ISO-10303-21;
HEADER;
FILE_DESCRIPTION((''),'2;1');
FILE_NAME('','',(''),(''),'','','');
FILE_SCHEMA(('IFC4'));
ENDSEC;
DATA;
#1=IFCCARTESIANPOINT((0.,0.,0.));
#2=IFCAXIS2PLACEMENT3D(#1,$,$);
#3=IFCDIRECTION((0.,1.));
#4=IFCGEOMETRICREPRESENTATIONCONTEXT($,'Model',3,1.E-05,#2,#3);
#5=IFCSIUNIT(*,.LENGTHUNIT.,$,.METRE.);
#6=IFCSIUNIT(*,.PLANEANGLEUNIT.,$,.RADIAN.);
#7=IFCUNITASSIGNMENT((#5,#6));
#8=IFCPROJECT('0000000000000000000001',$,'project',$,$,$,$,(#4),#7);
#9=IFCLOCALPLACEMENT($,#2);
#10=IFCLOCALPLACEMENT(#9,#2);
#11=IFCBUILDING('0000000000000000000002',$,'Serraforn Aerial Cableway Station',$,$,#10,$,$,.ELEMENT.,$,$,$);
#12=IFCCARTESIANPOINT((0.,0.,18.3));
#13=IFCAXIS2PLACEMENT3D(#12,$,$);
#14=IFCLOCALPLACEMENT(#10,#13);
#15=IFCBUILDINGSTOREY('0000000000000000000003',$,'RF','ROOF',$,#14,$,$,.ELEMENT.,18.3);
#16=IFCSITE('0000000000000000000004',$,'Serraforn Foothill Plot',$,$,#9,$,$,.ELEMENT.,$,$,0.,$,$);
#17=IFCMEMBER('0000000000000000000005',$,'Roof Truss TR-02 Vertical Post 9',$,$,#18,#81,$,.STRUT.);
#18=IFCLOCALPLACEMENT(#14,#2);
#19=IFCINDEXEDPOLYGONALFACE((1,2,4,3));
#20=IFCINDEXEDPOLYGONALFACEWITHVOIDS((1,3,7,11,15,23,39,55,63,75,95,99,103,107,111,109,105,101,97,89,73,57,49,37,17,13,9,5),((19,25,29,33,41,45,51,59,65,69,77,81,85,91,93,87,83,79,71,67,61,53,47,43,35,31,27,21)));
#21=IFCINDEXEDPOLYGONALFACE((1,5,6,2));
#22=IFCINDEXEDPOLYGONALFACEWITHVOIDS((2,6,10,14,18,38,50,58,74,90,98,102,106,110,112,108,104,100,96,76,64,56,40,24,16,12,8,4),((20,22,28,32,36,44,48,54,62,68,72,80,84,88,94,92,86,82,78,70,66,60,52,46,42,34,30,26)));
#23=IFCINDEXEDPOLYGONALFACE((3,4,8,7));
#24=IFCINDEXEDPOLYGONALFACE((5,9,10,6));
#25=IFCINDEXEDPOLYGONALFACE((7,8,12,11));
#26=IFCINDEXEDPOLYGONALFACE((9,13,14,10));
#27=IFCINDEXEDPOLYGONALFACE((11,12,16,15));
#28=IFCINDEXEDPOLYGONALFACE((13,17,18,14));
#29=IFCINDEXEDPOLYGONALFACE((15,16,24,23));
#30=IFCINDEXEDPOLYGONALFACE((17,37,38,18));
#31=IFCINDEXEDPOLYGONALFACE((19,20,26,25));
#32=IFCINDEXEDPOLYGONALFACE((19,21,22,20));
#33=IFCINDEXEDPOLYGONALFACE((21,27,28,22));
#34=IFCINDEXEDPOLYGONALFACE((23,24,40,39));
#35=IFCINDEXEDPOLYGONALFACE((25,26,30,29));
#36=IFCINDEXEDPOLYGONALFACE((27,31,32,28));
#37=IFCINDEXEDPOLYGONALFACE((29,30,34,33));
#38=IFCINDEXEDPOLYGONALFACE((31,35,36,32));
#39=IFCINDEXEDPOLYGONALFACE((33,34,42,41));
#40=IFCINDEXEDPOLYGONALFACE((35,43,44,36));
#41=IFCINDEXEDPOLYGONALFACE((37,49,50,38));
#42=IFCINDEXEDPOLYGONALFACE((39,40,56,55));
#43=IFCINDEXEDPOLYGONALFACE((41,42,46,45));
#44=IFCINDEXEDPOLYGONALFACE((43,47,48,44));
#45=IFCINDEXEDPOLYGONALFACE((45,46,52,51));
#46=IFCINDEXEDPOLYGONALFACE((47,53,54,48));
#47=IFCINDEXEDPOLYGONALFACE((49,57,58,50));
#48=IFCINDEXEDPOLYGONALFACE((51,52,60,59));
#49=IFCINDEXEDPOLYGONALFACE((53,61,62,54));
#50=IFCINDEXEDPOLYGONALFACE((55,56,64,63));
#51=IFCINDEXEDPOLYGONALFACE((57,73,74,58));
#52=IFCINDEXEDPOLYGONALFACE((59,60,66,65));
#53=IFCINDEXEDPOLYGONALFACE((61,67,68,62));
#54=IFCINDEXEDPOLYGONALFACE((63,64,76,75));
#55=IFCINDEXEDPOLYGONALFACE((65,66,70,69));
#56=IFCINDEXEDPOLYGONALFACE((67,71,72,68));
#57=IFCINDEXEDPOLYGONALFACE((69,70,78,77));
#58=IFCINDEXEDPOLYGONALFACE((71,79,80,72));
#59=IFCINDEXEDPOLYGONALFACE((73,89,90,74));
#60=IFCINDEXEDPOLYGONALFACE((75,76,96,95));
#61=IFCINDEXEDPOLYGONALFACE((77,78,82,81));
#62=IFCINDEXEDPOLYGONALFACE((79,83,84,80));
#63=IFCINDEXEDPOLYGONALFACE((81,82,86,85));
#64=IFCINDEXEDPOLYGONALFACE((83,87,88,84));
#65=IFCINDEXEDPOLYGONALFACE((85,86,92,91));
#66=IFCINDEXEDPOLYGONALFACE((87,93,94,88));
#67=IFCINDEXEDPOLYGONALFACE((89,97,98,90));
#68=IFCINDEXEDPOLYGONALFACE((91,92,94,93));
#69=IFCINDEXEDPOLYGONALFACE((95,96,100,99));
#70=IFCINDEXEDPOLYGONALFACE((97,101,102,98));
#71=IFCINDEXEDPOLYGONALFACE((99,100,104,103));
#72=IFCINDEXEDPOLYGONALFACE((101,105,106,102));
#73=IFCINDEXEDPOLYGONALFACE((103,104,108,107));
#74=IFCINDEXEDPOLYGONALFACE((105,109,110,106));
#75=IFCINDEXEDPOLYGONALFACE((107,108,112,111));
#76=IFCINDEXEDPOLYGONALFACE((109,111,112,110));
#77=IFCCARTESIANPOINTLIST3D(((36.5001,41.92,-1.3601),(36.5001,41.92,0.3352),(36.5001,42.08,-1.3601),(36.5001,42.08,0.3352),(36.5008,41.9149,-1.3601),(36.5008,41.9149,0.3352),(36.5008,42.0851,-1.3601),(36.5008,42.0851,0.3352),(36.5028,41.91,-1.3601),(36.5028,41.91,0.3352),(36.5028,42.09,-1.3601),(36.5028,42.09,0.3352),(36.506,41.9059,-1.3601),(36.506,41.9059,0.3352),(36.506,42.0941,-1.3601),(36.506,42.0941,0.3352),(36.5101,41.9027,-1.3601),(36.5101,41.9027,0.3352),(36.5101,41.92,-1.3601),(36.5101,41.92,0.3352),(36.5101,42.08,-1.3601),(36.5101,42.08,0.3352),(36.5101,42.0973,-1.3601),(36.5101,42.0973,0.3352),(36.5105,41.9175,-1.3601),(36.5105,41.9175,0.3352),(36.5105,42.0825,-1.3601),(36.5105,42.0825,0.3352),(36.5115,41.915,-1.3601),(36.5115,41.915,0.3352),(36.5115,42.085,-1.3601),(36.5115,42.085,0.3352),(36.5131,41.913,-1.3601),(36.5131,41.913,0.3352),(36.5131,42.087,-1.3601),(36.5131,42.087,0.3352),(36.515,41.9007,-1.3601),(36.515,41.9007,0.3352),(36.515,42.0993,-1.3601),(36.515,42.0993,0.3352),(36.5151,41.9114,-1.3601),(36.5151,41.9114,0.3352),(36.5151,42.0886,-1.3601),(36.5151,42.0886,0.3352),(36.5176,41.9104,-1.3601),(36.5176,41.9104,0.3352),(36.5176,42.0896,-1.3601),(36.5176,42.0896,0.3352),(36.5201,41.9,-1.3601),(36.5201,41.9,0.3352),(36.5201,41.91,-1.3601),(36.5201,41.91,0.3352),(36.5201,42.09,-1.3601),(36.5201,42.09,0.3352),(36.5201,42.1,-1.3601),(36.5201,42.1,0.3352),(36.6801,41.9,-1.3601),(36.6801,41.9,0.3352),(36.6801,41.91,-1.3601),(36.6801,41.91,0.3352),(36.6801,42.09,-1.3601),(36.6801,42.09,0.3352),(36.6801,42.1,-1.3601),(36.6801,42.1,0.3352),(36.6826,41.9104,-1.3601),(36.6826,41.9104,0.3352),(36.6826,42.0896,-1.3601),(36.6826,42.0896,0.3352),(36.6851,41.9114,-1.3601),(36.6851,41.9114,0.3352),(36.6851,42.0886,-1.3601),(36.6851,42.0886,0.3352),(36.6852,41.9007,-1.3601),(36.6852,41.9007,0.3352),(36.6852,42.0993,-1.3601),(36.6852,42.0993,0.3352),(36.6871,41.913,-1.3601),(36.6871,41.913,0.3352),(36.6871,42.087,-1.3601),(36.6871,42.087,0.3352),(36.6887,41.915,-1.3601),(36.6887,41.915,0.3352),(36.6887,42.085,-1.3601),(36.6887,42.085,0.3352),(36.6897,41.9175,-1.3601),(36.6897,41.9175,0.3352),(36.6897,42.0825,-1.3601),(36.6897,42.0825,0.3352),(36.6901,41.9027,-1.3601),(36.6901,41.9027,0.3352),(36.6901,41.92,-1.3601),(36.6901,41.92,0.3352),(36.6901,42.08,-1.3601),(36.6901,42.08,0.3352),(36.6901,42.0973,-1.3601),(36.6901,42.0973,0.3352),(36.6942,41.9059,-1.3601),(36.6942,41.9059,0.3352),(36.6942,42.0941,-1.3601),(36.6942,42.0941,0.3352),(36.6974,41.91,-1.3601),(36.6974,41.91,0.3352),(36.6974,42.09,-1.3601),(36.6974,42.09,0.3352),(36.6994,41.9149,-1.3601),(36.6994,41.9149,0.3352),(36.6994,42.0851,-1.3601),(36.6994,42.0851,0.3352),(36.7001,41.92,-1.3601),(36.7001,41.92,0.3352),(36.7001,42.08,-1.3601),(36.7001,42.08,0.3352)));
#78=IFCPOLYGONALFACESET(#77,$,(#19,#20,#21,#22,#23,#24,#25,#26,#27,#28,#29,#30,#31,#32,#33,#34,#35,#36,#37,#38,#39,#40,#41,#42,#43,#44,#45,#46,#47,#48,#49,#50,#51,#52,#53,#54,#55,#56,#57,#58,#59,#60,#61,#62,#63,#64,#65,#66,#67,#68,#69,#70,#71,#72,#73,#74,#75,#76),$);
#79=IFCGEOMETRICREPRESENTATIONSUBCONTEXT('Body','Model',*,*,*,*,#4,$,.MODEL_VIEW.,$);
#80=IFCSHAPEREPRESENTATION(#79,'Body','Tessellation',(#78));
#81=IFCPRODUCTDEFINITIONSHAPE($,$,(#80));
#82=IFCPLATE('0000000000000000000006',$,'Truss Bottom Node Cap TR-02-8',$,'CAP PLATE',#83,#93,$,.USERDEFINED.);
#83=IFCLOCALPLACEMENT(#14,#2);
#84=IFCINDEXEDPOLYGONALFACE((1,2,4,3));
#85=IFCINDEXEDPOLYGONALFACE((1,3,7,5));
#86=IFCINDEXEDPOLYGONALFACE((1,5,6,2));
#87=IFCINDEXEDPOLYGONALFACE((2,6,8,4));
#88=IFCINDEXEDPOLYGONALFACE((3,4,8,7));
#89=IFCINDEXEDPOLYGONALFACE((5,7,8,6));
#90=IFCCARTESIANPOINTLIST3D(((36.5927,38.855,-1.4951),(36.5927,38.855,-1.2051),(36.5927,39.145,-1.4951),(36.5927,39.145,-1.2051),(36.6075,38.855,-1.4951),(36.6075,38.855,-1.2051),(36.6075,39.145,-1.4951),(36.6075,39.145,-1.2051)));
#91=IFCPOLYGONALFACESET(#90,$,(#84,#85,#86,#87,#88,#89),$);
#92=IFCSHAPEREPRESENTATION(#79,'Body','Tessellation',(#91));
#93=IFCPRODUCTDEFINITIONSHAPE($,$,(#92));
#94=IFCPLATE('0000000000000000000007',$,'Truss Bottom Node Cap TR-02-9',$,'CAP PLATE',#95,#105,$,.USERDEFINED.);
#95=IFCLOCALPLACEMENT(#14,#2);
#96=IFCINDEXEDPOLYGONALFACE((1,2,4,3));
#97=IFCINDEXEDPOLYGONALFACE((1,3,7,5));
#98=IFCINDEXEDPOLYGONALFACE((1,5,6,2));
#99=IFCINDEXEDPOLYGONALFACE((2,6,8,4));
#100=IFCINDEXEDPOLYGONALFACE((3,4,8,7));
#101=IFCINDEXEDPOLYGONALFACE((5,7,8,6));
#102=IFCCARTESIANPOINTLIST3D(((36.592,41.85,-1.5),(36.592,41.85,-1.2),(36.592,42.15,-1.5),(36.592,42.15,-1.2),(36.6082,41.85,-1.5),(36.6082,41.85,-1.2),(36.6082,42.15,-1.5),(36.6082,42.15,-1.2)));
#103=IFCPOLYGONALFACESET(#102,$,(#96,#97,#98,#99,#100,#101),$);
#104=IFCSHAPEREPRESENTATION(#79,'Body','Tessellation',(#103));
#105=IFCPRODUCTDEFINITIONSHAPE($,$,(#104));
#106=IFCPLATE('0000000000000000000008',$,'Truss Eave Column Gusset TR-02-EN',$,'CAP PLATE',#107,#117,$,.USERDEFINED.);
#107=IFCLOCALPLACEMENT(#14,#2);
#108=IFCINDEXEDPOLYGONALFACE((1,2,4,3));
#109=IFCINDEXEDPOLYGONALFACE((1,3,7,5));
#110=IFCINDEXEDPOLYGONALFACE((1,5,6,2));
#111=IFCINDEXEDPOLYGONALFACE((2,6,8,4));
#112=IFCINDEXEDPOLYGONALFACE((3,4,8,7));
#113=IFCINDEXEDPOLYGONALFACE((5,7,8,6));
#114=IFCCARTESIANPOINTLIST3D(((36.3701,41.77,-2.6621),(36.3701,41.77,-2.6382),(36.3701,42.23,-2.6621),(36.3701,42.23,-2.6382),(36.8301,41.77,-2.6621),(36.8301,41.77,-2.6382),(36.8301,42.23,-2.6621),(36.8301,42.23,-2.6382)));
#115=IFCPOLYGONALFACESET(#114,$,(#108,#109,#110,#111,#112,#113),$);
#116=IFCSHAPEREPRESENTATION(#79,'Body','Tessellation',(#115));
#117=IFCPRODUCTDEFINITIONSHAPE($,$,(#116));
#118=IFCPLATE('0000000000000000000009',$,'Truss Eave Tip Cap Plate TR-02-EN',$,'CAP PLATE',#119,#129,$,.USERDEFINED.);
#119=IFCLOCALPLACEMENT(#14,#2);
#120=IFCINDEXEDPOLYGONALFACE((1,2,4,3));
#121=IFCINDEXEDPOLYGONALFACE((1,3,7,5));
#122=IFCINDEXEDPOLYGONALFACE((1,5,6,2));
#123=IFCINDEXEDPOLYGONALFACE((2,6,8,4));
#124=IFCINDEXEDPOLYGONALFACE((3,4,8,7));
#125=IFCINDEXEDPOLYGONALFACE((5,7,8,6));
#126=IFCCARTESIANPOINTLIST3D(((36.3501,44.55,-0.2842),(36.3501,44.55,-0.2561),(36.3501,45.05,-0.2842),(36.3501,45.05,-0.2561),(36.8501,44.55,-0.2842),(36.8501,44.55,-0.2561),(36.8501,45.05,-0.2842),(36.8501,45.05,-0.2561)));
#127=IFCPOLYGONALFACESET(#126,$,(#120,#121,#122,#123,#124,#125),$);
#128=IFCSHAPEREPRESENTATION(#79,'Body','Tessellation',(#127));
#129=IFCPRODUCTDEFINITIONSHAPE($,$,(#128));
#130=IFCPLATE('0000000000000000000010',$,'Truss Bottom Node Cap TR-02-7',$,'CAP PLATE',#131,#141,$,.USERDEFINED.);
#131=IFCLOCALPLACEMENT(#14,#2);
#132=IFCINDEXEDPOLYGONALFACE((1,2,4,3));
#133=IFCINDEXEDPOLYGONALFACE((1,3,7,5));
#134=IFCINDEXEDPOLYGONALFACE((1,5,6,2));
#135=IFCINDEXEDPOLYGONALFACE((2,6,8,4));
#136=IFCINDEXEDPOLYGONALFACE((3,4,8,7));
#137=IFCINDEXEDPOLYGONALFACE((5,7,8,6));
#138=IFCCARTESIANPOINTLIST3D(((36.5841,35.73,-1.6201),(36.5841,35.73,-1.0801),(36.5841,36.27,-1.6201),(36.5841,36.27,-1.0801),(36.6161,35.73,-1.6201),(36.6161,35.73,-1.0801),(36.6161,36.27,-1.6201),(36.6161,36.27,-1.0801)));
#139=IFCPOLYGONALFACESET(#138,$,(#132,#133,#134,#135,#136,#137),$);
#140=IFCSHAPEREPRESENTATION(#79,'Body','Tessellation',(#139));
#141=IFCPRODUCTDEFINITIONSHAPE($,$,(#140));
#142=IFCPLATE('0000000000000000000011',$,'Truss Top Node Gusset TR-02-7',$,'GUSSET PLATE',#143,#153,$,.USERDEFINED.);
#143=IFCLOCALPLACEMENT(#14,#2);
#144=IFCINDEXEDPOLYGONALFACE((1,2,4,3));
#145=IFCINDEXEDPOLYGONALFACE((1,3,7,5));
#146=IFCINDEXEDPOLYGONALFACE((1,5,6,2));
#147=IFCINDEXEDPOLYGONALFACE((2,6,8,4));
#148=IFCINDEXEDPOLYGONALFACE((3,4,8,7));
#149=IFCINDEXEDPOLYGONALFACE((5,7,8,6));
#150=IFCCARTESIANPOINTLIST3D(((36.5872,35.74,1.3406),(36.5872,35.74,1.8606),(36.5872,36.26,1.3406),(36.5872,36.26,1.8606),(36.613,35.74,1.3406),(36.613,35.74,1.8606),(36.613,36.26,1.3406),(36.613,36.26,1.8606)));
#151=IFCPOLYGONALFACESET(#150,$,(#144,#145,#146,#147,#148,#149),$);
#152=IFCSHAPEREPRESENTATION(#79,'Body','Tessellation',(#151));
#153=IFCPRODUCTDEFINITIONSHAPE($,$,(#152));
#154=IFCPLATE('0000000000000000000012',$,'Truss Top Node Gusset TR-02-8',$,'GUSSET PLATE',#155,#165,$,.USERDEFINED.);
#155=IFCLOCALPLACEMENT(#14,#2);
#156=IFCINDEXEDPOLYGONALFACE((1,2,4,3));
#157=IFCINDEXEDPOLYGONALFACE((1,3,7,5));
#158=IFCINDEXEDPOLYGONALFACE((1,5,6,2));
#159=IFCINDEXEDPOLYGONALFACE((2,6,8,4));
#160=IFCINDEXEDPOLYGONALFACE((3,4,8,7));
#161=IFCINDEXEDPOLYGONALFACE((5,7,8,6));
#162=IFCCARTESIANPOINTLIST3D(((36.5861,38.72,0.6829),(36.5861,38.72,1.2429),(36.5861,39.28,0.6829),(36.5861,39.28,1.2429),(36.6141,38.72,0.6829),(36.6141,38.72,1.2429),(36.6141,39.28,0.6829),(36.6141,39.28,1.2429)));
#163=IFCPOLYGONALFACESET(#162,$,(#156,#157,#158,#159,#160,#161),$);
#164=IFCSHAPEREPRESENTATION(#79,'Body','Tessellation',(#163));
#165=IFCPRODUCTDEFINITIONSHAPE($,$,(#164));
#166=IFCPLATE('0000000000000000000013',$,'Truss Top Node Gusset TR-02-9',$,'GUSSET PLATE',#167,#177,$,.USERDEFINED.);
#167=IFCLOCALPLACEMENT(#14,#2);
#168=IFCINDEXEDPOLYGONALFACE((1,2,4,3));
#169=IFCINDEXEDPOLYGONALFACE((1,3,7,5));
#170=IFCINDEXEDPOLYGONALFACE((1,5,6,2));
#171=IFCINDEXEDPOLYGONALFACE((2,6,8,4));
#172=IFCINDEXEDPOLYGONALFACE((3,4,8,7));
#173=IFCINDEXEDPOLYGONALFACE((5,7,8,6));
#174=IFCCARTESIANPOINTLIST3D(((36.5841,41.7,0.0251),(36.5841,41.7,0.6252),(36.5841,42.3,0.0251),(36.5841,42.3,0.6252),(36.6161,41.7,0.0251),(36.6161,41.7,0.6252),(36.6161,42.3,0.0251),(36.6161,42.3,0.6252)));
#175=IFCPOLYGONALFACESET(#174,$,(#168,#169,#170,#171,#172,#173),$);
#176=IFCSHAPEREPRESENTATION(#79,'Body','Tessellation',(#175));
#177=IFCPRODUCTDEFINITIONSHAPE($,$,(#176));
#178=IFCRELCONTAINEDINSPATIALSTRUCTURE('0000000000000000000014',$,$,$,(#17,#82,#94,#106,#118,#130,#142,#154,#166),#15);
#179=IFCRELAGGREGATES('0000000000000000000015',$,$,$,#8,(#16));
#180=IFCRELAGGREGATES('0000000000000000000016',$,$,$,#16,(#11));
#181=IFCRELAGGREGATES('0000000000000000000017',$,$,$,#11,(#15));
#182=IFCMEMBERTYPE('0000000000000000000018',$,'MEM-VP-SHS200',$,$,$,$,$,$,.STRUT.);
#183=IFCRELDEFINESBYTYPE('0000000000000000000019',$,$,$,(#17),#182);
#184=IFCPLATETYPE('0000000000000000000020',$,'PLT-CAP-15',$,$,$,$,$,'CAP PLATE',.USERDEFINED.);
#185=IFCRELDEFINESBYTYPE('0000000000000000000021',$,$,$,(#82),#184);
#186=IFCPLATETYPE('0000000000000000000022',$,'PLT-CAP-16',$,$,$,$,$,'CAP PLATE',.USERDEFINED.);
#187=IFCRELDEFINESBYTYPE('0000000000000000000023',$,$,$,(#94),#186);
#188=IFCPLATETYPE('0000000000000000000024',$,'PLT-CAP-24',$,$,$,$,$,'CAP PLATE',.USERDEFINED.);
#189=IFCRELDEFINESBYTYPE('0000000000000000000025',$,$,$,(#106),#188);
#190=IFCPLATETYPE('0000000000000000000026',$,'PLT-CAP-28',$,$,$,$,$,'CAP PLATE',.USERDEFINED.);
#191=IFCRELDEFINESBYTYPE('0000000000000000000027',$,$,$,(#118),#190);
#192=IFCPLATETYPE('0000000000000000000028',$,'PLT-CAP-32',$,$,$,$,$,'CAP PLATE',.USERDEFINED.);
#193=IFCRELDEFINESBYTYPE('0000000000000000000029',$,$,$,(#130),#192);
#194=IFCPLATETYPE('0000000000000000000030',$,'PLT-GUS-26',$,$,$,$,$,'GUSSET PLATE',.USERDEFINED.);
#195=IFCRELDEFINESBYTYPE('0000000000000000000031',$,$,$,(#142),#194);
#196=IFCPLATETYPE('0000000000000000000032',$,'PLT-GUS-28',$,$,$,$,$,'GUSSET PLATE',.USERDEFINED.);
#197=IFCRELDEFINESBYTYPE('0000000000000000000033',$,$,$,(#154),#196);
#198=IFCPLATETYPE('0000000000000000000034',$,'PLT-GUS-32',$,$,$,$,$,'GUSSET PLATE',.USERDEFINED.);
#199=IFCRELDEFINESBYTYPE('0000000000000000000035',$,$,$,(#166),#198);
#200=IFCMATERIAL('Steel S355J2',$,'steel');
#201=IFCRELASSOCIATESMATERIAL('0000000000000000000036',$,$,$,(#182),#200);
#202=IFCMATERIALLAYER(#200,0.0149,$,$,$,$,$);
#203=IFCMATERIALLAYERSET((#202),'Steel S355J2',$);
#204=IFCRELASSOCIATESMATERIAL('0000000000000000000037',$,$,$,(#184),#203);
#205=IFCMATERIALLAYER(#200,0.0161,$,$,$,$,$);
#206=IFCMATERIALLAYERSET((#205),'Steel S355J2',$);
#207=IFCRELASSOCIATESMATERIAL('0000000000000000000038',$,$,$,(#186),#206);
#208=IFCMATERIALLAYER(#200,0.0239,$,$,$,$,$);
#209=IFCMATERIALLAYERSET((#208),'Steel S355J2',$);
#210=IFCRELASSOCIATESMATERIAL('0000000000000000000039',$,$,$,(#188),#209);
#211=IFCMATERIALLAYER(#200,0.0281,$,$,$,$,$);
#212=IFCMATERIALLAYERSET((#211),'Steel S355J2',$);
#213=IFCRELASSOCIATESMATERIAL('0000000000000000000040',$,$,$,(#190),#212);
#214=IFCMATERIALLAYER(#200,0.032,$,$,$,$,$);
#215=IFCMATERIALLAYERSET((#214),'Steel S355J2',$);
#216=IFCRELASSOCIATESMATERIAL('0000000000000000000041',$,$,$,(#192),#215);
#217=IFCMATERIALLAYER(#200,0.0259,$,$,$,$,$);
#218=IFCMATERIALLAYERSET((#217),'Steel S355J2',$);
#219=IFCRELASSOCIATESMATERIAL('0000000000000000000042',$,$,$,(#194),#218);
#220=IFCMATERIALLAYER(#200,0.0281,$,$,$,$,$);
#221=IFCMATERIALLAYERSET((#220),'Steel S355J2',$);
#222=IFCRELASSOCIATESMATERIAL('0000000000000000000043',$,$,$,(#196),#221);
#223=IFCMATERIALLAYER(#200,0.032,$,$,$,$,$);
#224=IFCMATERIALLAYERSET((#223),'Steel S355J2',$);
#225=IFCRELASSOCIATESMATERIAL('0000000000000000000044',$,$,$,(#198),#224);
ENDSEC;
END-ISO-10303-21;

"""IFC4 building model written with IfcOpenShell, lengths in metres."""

from ifc_helpers import new_model, si_unit, direction, frame, origin, origin_2d, place, context, subcontext, project, spatial, rectangle, hollow_rectangle, extrude, material, layer, layer_set, material_profile, profile_set, type_object, element, save


model = new_model("IFC4")

# Units and contexts
model_context = context("Model", 3, precision=1e-05, world=origin(), true_north=direction((0.0, 1.0)))
body_context = subcontext(model_context, "Body", "Model", "MODEL_VIEW")
ifc_project = project(units=[si_unit("LENGTHUNIT", "METRE"), si_unit("PLANEANGLEUNIT", "RADIAN")], contexts=[model_context])

# Site, building, storey
site_placement = place(None, origin())
site = spatial("IfcSite", under=ifc_project, at=site_placement, Name="Serraforn Foothill Plot", CompositionType="ELEMENT", RefElevation=0.0)
building_placement = place(site_placement, origin())
building = spatial("IfcBuilding", under=site, at=building_placement, Name="Serraforn Aerial Cableway Station", CompositionType="ELEMENT")
storey_placement = place(building_placement, frame((0.0, 0.0, 18.3)))
storey = spatial("IfcBuildingStorey", under=building, at=storey_placement, Name="RF", Description="ROOF", CompositionType="ELEMENT", Elevation=18.3)

# Shared definitions
ifc_material_1 = material(Name="Steel S355J2", Category="steel")

# Member
ifc_material_profile_1 = material_profile(ifc_material_1, hollow_rectangle(XDim=0.2, YDim=0.2, WallThickness=0.01, InnerFilletRadius=0.01, OuterFilletRadius=0.02, at=origin_2d()), Name="SHS 200x200x10.0")
ifc_profile_set_1 = profile_set([ifc_material_profile_1], Name="Steel S355J2")
member_type_1 = type_object("IfcMemberType", Name="MEM-VP-SHS200", PredefinedType="STRUT", material=ifc_profile_set_1)
member_1_placement = place(storey_placement, frame((36.6001, 42.0, -1.3601), z_axis=(0.0, 0.0, 1.0), x_axis=(1.0, 0.0, 0.0)))
element("IfcMember", 1, at=member_1_placement, inside=storey, type_object=member_type_1, Name="Roof Truss TR-02 Vertical Post 9", PredefinedType="STRUT", context=body_context, shape_type="SweptSolid", body=[
    extrude(hollow_rectangle(XDim=0.2, YDim=0.2, WallThickness=0.01, InnerFilletRadius=0.01, OuterFilletRadius=0.02, at=origin_2d()), origin(), (0.0, 0.0, 1.0), 1.6953),
])

# Plates
ifc_layer_1 = layer(ifc_material_1, 0.0149)
ifc_layer_set_1 = layer_set([ifc_layer_1], Name="Steel S355J2")
plate_type_1 = type_object("IfcPlateType", Name="PLT-CAP-15", ElementType="CAP PLATE", PredefinedType="USERDEFINED", material=ifc_layer_set_1)
plate_1_placement = place(storey_placement, frame((36.6001, 39.0, -1.4951), z_axis=(0.0, 0.0, 1.0), x_axis=(1.0, 0.0, 0.0)))
element("IfcPlate", 2, at=plate_1_placement, inside=storey, type_object=plate_type_1, Name="Truss Bottom Node Cap TR-02-8", ObjectType="CAP PLATE", PredefinedType="USERDEFINED", context=body_context, shape_type="SweptSolid", body=[
    extrude(rectangle(XDim=0.0149, YDim=0.29, at=origin_2d()), origin(), (0.0, 0.0, 1.0), 0.29),
])
ifc_layer_2 = layer(ifc_material_1, 0.0161)
ifc_layer_set_2 = layer_set([ifc_layer_2], Name="Steel S355J2")
plate_type_2 = type_object("IfcPlateType", Name="PLT-CAP-16", ElementType="CAP PLATE", PredefinedType="USERDEFINED", material=ifc_layer_set_2)
plate_2_placement = place(storey_placement, frame((36.6001, 42.0, -1.5), z_axis=(0.0, 0.0, 1.0), x_axis=(1.0, 0.0, 0.0)))
element("IfcPlate", 3, at=plate_2_placement, inside=storey, type_object=plate_type_2, Name="Truss Bottom Node Cap TR-02-9", ObjectType="CAP PLATE", PredefinedType="USERDEFINED", context=body_context, shape_type="SweptSolid", body=[
    extrude(rectangle(XDim=0.0161, YDim=0.3, at=origin_2d()), origin(), (0.0, 0.0, 1.0), 0.3),
])
ifc_layer_3 = layer(ifc_material_1, 0.0239)
ifc_layer_set_3 = layer_set([ifc_layer_3], Name="Steel S355J2")
plate_type_3 = type_object("IfcPlateType", Name="PLT-CAP-24", ElementType="CAP PLATE", PredefinedType="USERDEFINED", material=ifc_layer_set_3)
plate_3_placement = place(storey_placement, frame((36.6001, 42.0, -2.6621), z_axis=(0.0, 0.0, 1.0), x_axis=(1.0, 0.0, 0.0)))
element("IfcPlate", 4, at=plate_3_placement, inside=storey, type_object=plate_type_3, Name="Truss Eave Column Gusset TR-02-EN", ObjectType="CAP PLATE", PredefinedType="USERDEFINED", context=body_context, shape_type="SweptSolid", body=[
    extrude(rectangle(XDim=0.46, YDim=0.46, at=origin_2d()), origin(), (0.0, 0.0, 1.0), 0.0239),
])
ifc_layer_4 = layer(ifc_material_1, 0.0281)
ifc_layer_set_4 = layer_set([ifc_layer_4], Name="Steel S355J2")
plate_type_4 = type_object("IfcPlateType", Name="PLT-CAP-28", ElementType="CAP PLATE", PredefinedType="USERDEFINED", material=ifc_layer_set_4)
plate_4_placement = place(storey_placement, frame((36.6001, 44.8, -0.2842), z_axis=(0.0, 0.0, 1.0), x_axis=(1.0, 0.0, 0.0)))
element("IfcPlate", 5, at=plate_4_placement, inside=storey, type_object=plate_type_4, Name="Truss Eave Tip Cap Plate TR-02-EN", ObjectType="CAP PLATE", PredefinedType="USERDEFINED", context=body_context, shape_type="SweptSolid", body=[
    extrude(rectangle(XDim=0.5, YDim=0.5, at=origin_2d()), origin(), (0.0, 0.0, 1.0), 0.0281),
])
ifc_layer_5 = layer(ifc_material_1, 0.032)
ifc_layer_set_5 = layer_set([ifc_layer_5], Name="Steel S355J2")
plate_type_5 = type_object("IfcPlateType", Name="PLT-CAP-32", ElementType="CAP PLATE", PredefinedType="USERDEFINED", material=ifc_layer_set_5)
plate_5_placement = place(storey_placement, frame((36.6001, 36.0, -1.6201), z_axis=(0.0, 0.0, 1.0), x_axis=(1.0, 0.0, 0.0)))
element("IfcPlate", 6, at=plate_5_placement, inside=storey, type_object=plate_type_5, Name="Truss Bottom Node Cap TR-02-7", ObjectType="CAP PLATE", PredefinedType="USERDEFINED", context=body_context, shape_type="SweptSolid", body=[
    extrude(rectangle(XDim=0.032, YDim=0.54, at=origin_2d()), origin(), (0.0, 0.0, 1.0), 0.54),
])
ifc_layer_6 = layer(ifc_material_1, 0.0259)
ifc_layer_set_6 = layer_set([ifc_layer_6], Name="Steel S355J2")
plate_type_6 = type_object("IfcPlateType", Name="PLT-GUS-26", ElementType="GUSSET PLATE", PredefinedType="USERDEFINED", material=ifc_layer_set_6)
plate_6_placement = place(storey_placement, frame((36.6001, 36.0, 1.3406), z_axis=(0.0, 0.0, 1.0), x_axis=(1.0, 0.0, 0.0)))
element("IfcPlate", 7, at=plate_6_placement, inside=storey, type_object=plate_type_6, Name="Truss Top Node Gusset TR-02-7", ObjectType="GUSSET PLATE", PredefinedType="USERDEFINED", context=body_context, shape_type="SweptSolid", body=[
    extrude(rectangle(XDim=0.0259, YDim=0.52, at=origin_2d()), origin(), (0.0, 0.0, 1.0), 0.52),
])
ifc_layer_7 = layer(ifc_material_1, 0.0281)
ifc_layer_set_7 = layer_set([ifc_layer_7], Name="Steel S355J2")
plate_type_7 = type_object("IfcPlateType", Name="PLT-GUS-28", ElementType="GUSSET PLATE", PredefinedType="USERDEFINED", material=ifc_layer_set_7)
plate_7_placement = place(storey_placement, frame((36.6001, 39.0, 0.6829), z_axis=(0.0, 0.0, 1.0), x_axis=(1.0, 0.0, 0.0)))
element("IfcPlate", 8, at=plate_7_placement, inside=storey, type_object=plate_type_7, Name="Truss Top Node Gusset TR-02-8", ObjectType="GUSSET PLATE", PredefinedType="USERDEFINED", context=body_context, shape_type="SweptSolid", body=[
    extrude(rectangle(XDim=0.0281, YDim=0.5601, at=origin_2d()), origin(), (0.0, 0.0, 1.0), 0.5601),
])
ifc_layer_8 = layer(ifc_material_1, 0.032)
ifc_layer_set_8 = layer_set([ifc_layer_8], Name="Steel S355J2")
plate_type_8 = type_object("IfcPlateType", Name="PLT-GUS-32", ElementType="GUSSET PLATE", PredefinedType="USERDEFINED", material=ifc_layer_set_8)
plate_8_placement = place(storey_placement, frame((36.6001, 42.0, 0.0251), z_axis=(0.0, 0.0, 1.0), x_axis=(1.0, 0.0, 0.0)))
element("IfcPlate", 9, at=plate_8_placement, inside=storey, type_object=plate_type_8, Name="Truss Top Node Gusset TR-02-9", ObjectType="GUSSET PLATE", PredefinedType="USERDEFINED", context=body_context, shape_type="SweptSolid", body=[
    extrude(rectangle(XDim=0.032, YDim=0.6001, at=origin_2d()), origin(), (0.0, 0.0, 1.0), 0.6001),
])

save(model, "model.ifc")
